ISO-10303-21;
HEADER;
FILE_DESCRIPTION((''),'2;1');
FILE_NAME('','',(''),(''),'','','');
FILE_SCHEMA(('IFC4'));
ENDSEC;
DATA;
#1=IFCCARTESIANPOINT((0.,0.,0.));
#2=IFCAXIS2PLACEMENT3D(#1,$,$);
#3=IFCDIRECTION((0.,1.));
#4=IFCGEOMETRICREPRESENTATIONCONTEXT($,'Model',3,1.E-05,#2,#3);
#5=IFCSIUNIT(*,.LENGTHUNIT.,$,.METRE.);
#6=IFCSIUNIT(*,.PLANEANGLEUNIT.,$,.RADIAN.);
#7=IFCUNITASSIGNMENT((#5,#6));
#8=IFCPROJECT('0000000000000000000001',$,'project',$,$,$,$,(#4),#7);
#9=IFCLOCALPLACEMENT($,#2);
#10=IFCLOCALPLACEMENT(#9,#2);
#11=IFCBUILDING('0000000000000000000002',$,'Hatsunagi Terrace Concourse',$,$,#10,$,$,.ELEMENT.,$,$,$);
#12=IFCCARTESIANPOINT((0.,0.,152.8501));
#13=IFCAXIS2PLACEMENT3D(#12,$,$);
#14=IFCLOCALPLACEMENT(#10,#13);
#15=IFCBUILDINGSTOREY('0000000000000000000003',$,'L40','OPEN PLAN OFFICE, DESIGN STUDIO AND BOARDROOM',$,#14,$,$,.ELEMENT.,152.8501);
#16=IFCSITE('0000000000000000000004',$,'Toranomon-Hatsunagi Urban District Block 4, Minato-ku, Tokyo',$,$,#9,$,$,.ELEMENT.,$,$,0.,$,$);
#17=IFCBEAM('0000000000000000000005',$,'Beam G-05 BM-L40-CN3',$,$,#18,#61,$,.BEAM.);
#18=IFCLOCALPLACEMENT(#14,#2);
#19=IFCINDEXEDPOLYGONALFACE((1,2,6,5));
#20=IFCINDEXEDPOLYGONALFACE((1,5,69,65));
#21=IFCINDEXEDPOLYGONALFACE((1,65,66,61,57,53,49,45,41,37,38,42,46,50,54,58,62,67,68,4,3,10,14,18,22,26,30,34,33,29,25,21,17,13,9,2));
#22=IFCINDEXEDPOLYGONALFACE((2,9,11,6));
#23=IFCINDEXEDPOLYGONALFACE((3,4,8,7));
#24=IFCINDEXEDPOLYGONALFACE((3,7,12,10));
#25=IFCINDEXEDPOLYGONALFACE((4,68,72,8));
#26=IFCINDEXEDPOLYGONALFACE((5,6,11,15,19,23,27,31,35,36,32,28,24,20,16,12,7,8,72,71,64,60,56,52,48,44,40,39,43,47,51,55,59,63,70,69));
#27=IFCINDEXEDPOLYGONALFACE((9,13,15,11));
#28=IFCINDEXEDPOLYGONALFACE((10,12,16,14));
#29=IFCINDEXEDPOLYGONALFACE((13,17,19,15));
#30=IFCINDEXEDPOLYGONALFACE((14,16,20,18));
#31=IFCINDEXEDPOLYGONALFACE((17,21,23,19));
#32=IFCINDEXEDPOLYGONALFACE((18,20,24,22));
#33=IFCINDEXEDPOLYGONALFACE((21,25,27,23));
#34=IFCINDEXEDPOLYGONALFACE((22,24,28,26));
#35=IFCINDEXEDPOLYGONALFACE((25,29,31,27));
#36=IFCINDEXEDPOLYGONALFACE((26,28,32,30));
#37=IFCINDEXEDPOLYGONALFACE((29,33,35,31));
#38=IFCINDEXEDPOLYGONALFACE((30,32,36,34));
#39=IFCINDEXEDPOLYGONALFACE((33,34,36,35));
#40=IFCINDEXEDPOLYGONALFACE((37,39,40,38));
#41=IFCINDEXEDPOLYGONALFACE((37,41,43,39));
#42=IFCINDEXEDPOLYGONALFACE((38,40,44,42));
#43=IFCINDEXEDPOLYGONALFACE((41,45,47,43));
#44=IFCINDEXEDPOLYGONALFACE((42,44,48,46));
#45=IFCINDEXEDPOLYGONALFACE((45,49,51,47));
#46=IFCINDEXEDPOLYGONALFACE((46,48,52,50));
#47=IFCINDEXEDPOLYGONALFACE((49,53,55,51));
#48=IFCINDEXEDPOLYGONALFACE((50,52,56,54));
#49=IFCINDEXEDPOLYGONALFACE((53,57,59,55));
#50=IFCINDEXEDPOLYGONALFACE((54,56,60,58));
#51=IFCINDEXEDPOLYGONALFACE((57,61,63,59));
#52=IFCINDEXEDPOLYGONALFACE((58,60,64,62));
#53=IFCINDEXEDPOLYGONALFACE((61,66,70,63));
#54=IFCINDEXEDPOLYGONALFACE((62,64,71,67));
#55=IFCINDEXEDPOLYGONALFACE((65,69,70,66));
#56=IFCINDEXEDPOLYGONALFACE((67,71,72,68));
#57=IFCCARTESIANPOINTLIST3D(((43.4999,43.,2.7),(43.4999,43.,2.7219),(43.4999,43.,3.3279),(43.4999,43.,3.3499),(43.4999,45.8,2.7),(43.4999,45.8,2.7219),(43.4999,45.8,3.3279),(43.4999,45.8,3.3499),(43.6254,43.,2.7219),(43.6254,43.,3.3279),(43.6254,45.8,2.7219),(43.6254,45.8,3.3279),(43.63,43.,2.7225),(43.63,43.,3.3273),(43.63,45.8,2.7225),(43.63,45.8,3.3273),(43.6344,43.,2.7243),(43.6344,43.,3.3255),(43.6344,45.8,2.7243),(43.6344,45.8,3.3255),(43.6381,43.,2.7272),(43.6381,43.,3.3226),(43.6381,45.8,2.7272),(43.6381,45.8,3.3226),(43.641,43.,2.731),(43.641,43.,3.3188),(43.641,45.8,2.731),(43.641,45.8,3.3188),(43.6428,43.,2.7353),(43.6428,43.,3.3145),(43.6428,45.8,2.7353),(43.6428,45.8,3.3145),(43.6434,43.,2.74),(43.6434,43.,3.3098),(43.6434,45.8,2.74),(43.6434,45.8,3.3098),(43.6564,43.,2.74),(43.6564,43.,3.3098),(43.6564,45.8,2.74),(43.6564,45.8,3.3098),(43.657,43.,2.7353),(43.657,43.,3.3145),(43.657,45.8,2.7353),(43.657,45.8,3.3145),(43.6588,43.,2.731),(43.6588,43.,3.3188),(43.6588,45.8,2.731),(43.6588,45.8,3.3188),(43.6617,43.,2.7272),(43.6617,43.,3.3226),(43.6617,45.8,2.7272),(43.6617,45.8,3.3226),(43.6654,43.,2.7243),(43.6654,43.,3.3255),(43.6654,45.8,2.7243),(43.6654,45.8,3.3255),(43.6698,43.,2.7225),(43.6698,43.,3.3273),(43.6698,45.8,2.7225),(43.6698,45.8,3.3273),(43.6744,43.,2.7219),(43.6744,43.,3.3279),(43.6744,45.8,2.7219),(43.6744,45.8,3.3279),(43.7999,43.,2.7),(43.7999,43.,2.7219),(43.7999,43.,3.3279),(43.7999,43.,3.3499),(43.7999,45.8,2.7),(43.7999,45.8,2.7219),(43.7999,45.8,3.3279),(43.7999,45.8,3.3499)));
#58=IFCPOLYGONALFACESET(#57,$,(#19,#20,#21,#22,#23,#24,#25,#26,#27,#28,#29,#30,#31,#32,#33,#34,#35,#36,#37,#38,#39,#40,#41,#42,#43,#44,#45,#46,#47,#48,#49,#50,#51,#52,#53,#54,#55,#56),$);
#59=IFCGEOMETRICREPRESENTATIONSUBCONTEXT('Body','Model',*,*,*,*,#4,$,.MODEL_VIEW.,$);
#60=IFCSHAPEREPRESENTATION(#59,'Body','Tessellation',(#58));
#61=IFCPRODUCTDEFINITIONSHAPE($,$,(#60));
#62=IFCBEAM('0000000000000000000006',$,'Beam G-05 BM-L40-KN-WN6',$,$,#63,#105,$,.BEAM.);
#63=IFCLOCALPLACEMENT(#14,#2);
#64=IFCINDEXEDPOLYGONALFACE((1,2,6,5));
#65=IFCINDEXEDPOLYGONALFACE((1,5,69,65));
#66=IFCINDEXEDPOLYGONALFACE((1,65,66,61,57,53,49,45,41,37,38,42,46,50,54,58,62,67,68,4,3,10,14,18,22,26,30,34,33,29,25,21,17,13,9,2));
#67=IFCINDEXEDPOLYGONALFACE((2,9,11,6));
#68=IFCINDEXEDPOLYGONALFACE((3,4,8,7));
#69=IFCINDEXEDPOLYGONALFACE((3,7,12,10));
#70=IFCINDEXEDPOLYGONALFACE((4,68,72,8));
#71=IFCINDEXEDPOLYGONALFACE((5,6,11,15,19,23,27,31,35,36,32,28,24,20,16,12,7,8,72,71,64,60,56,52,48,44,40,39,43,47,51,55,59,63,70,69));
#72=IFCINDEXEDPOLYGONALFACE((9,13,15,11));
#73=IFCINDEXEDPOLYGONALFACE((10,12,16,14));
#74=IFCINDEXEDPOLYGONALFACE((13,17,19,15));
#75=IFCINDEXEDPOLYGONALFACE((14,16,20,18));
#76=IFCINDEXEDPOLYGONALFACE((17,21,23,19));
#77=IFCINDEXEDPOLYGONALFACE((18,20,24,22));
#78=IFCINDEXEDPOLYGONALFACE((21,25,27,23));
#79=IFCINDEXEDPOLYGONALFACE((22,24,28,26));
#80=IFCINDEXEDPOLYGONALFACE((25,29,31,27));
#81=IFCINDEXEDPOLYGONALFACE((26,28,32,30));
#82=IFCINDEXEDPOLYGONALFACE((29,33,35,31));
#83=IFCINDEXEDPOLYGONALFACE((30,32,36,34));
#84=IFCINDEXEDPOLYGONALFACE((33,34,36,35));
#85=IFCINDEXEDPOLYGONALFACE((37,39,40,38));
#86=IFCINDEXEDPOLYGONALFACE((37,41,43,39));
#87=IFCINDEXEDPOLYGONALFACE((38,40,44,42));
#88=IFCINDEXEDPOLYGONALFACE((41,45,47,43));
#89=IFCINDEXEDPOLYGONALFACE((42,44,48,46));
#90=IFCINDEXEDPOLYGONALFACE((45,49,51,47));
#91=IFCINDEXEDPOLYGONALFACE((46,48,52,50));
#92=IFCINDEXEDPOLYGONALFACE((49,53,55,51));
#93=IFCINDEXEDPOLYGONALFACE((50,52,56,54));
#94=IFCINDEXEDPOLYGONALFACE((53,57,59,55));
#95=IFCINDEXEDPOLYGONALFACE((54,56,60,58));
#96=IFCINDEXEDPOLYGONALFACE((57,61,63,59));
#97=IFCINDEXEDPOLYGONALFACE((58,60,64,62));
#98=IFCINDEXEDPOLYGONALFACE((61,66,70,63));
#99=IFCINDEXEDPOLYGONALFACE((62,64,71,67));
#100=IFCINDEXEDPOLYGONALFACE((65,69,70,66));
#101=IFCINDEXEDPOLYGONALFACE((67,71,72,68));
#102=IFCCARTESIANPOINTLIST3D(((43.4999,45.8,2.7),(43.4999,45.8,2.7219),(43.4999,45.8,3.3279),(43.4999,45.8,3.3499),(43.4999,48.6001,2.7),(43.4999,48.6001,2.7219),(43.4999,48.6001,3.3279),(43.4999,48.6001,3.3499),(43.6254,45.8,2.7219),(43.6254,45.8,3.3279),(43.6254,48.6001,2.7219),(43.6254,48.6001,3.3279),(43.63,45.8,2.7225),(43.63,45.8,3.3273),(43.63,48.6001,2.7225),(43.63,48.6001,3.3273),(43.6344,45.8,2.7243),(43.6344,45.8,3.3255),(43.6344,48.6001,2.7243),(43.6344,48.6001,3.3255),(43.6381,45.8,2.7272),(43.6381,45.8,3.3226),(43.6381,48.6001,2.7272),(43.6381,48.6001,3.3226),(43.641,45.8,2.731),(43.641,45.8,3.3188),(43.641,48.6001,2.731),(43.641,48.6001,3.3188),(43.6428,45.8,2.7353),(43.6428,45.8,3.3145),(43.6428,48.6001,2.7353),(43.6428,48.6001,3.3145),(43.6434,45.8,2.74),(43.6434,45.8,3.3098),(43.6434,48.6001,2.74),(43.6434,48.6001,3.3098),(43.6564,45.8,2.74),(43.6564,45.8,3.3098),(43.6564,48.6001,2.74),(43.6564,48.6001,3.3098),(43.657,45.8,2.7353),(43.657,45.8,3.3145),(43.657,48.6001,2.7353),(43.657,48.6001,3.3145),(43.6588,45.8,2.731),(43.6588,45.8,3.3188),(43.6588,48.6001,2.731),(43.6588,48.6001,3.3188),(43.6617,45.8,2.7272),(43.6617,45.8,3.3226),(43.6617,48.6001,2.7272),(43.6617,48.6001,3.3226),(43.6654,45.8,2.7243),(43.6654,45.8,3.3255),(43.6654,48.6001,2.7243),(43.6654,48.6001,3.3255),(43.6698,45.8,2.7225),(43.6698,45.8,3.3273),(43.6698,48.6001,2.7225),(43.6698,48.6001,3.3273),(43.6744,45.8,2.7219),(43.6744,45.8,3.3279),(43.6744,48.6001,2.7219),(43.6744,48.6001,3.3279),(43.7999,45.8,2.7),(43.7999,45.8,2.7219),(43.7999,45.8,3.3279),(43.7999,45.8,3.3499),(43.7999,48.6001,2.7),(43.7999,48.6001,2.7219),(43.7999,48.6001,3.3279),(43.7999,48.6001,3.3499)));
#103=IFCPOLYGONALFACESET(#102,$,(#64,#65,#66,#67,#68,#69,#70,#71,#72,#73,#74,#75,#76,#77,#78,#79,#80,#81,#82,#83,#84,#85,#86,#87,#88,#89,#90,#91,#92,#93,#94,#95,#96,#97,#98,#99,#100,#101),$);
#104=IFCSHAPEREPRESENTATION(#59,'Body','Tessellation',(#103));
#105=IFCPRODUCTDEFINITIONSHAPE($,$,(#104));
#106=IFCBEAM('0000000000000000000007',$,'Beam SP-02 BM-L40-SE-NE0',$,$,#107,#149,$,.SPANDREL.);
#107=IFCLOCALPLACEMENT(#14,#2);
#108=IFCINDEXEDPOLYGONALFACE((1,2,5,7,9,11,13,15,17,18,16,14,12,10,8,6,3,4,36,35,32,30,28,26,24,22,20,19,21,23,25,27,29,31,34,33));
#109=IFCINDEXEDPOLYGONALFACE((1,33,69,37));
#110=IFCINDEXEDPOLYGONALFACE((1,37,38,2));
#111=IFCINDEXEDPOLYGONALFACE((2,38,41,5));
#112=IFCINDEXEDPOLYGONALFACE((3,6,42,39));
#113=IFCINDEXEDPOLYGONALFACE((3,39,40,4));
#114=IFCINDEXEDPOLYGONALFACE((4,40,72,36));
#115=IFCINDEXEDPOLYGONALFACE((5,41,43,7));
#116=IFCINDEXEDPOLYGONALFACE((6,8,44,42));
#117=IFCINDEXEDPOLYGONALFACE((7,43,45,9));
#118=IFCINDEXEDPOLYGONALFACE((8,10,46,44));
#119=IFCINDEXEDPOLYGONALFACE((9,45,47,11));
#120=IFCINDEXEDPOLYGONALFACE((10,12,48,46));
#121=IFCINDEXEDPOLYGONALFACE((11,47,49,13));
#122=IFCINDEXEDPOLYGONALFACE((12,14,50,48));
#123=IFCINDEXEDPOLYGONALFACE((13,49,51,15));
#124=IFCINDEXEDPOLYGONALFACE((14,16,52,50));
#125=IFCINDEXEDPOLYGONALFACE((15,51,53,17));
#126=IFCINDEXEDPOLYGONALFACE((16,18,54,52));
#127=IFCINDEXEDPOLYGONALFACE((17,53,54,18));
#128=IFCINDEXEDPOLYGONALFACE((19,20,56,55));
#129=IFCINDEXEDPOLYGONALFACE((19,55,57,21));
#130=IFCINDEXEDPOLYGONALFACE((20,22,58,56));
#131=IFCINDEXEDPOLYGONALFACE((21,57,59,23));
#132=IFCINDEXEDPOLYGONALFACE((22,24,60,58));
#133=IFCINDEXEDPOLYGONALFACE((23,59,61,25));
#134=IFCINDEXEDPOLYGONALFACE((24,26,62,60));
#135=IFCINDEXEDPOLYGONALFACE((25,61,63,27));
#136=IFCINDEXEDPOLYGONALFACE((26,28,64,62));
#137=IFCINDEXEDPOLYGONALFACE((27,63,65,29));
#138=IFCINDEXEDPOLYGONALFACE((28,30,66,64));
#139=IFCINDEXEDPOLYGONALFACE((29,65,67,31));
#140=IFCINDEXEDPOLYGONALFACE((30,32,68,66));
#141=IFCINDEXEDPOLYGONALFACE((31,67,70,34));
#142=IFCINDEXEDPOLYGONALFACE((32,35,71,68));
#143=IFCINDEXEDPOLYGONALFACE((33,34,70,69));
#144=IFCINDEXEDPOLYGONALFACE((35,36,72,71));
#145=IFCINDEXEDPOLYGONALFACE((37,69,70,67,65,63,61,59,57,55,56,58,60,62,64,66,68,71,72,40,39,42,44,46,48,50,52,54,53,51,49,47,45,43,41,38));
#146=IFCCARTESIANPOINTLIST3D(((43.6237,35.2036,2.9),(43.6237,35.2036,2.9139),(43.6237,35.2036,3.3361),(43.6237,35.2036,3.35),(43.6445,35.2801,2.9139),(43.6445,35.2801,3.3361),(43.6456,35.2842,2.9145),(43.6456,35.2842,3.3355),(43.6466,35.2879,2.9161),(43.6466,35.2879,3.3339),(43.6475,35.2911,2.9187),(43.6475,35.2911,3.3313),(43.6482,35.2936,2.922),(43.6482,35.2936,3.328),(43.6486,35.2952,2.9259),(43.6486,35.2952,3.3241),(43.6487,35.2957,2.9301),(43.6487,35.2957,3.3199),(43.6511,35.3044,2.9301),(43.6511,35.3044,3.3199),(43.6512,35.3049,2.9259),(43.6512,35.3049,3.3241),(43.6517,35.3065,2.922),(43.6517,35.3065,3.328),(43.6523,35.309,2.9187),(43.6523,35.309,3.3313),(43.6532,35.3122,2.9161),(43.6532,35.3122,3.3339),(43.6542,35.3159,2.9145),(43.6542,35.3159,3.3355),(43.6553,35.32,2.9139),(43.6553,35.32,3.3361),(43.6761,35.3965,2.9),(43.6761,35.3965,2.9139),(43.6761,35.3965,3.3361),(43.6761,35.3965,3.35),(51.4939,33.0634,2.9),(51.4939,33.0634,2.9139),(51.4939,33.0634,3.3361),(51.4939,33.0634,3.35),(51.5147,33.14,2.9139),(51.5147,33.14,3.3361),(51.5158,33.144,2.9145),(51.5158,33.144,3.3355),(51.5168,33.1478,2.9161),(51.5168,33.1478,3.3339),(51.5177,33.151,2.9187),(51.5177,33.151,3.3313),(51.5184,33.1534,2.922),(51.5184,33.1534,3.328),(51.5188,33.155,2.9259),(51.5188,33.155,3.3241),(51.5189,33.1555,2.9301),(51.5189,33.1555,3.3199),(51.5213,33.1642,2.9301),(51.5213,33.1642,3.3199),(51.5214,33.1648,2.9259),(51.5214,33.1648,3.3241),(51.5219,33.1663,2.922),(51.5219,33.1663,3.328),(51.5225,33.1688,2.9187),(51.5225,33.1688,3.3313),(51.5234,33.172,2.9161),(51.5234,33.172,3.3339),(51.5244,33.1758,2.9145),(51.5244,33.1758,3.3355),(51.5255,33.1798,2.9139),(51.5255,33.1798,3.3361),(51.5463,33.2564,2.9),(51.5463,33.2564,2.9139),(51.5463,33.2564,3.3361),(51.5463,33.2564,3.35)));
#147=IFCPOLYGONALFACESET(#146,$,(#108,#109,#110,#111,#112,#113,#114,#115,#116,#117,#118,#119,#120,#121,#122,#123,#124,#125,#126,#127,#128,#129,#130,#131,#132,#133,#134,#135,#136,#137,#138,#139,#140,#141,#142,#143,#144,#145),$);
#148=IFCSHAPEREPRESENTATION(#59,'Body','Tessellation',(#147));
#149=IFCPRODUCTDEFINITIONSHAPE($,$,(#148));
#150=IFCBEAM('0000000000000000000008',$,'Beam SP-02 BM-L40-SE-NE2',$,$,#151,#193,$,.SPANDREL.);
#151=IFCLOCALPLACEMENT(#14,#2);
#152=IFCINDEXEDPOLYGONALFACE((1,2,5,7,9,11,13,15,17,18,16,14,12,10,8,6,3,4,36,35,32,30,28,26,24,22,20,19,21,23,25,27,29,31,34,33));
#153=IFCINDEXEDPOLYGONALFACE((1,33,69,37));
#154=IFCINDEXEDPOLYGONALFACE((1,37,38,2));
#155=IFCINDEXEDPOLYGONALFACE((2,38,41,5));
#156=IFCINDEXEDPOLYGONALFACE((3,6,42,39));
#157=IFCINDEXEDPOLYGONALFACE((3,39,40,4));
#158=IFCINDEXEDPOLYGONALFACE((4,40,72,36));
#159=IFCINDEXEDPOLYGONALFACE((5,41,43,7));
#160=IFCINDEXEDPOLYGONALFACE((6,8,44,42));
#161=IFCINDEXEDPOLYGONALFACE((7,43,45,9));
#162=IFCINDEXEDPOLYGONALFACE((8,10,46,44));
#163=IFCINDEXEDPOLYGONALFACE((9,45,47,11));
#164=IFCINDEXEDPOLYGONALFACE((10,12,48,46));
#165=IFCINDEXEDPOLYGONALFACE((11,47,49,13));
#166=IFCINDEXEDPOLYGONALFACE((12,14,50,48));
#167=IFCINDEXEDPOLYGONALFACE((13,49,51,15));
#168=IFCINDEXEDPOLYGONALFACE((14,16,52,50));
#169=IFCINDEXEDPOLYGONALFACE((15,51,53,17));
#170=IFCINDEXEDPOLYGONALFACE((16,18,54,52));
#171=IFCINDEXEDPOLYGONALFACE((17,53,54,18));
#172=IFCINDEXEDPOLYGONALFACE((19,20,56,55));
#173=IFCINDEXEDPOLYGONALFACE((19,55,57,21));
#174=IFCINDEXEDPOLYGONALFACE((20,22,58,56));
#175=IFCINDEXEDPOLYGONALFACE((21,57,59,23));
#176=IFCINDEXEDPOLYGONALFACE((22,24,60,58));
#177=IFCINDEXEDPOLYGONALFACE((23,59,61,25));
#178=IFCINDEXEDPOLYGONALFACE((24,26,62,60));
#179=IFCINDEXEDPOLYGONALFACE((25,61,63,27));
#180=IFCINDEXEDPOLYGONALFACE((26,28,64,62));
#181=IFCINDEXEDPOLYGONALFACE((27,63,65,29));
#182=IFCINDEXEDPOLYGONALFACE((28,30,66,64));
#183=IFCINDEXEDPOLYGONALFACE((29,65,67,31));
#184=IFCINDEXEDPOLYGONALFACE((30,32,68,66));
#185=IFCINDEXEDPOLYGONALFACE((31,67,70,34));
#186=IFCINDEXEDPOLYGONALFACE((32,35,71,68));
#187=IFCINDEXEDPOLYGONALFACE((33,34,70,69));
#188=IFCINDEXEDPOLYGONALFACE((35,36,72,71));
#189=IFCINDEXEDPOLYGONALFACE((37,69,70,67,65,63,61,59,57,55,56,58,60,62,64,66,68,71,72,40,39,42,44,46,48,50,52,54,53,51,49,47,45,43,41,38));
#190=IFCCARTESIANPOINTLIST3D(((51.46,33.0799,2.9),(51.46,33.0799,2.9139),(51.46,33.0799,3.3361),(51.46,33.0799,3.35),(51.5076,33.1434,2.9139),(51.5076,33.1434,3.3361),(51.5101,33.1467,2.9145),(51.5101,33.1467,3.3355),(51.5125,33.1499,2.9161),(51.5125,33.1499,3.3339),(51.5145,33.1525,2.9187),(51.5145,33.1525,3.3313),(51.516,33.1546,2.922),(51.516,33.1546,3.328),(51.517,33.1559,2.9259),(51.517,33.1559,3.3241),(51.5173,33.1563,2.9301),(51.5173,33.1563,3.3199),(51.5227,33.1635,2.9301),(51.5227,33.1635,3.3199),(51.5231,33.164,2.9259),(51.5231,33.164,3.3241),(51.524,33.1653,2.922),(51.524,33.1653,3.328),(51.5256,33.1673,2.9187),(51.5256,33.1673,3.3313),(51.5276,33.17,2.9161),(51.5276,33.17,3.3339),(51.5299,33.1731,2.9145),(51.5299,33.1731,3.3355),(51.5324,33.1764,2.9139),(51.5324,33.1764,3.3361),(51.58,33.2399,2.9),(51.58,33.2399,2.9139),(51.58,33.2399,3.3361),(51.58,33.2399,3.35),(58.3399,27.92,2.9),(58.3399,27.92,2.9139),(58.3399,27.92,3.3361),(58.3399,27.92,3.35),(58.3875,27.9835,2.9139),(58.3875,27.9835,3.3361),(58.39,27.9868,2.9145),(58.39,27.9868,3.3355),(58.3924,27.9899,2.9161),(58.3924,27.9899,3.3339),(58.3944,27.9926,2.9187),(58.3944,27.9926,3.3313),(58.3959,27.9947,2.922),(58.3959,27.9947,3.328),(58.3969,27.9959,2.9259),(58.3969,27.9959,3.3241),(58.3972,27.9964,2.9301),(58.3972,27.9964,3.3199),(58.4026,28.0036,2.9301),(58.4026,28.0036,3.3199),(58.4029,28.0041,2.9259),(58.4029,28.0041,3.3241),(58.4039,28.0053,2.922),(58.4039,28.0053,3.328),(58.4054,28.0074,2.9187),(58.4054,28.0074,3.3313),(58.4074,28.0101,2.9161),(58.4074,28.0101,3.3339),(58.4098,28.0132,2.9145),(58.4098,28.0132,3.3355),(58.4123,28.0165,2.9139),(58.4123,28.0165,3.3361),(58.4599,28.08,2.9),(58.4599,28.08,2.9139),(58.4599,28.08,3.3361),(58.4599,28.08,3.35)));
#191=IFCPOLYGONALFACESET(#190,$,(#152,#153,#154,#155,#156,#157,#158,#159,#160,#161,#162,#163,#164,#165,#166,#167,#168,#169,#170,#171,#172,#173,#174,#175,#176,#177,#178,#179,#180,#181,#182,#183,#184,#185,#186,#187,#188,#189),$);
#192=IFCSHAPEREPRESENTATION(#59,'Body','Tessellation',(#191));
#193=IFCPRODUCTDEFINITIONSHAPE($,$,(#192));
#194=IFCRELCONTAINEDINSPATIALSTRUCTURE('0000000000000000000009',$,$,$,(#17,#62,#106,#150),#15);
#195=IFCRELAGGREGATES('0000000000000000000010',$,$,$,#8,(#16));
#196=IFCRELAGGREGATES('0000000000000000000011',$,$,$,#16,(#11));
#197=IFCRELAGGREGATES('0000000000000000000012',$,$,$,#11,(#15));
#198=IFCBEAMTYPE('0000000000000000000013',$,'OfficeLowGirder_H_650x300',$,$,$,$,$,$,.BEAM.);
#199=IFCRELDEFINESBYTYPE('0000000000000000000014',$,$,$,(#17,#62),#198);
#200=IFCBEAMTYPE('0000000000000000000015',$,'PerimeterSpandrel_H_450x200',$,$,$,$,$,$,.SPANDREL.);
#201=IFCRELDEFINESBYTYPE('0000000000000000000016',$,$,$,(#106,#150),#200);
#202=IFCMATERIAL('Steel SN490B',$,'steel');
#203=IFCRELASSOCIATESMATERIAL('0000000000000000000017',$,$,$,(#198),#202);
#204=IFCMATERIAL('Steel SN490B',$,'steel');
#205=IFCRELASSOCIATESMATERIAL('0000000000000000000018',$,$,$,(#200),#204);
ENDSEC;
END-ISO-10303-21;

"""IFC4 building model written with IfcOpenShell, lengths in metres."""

from ifc_helpers import new_model, si_unit, direction, frame, origin, origin_2d, place, context, subcontext, project, spatial, i_section, extrude, material, material_profile, profile_set, type_object, element, save


model = new_model("IFC4")

# Units and contexts
model_context = context("Model", 3, precision=1e-05, world=origin(), true_north=direction((0.0, 1.0)))
body_context = subcontext(model_context, "Body", "Model", "MODEL_VIEW")
ifc_project = project(units=[si_unit("LENGTHUNIT", "METRE"), si_unit("PLANEANGLEUNIT", "RADIAN")], contexts=[model_context])

# Site, building, storey
site_placement = place(None, origin())
site = spatial("IfcSite", under=ifc_project, at=site_placement, Name="Toranomon-Hatsunagi Urban District Block 4, Minato-ku, Tokyo", CompositionType="ELEMENT", RefElevation=0.0)
building_placement = place(site_placement, origin())
building = spatial("IfcBuilding", under=site, at=building_placement, Name="Hatsunagi Terrace Concourse", CompositionType="ELEMENT")
storey_placement = place(building_placement, frame((0.0, 0.0, 152.8501)))
storey = spatial("IfcBuildingStorey", under=building, at=storey_placement, Name="L40", Description="OPEN PLAN OFFICE, DESIGN STUDIO AND BOARDROOM", CompositionType="ELEMENT", Elevation=152.8501)

# Beams
ifc_material_1 = material(Name="Steel SN490B", Category="steel")
ifc_material_profile_1 = material_profile(ifc_material_1, i_section(OverallWidth=0.3, OverallDepth=0.6499, WebThickness=0.0129, FlangeThickness=0.022, FilletRadius=0.0181, at=origin_2d()), Name="H-650x300x13x22")
ifc_profile_set_1 = profile_set([ifc_material_profile_1], Name="Steel SN490B")
beam_type_1 = type_object("IfcBeamType", Name="OfficeLowGirder_H_650x300", PredefinedType="BEAM", material=ifc_profile_set_1)
for number, where, z_axis, x_axis, name in (
    (1, (43.6499, 43.0, 3.0249), (0.0, 1.0, 0.0), (-1.0, 0.0, 0.0), "Beam G-05 BM-L40-CN3"),
    (2, (43.6499, 45.8, 3.0249), (0.0, 1.0, 0.0), (-1.0, 0.0, 0.0), "Beam G-05 BM-L40-KN-WN6"),
):
    element("IfcBeam", number, at=place(storey_placement, frame(where, z_axis=z_axis, x_axis=x_axis)), inside=storey, type_object=beam_type_1, Name=name, PredefinedType="BEAM", context=body_context, shape_type="SweptSolid", body=[
        extrude(i_section(OverallWidth=0.3, OverallDepth=0.6499, WebThickness=0.0129, FlangeThickness=0.022, FilletRadius=0.0181, at=origin_2d()), origin(), (0.0, 0.0, 1.0), 2.8),
    ])
ifc_material_2 = material(Name="Steel SN490B", Category="steel")
ifc_material_profile_2 = material_profile(ifc_material_2, i_section(OverallWidth=0.2, OverallDepth=0.45, WebThickness=0.009, FlangeThickness=0.0139, FilletRadius=0.0161, at=origin_2d()), Name="H-450x200x9x14")
ifc_profile_set_2 = profile_set([ifc_material_profile_2], Name="Steel SN490B")
beam_type_2 = type_object("IfcBeamType", Name="PerimeterSpandrel_H_450x200", PredefinedType="SPANDREL", material=ifc_profile_set_2)
beam_1_placement = place(storey_placement, frame((43.6499, 35.3, 3.125), z_axis=(0.964958, -0.262403, 0.0), x_axis=(0.262403, 0.964958, 0.0)))
element("IfcBeam", 3, at=beam_1_placement, inside=storey, type_object=beam_type_2, Name="Beam SP-02 BM-L40-SE-NE0", PredefinedType="SPANDREL", context=body_context, shape_type="SweptSolid", body=[
    extrude(i_section(OverallWidth=0.2, OverallDepth=0.45, WebThickness=0.009, FlangeThickness=0.0139, FilletRadius=0.0161, at=origin_2d()), origin(), (0.0, 0.0, 1.0), 8.156),
])
beam_2_placement = place(storey_placement, frame((51.52, 33.1599, 3.125), z_axis=(0.8, -0.6, 0.0), x_axis=(0.6, 0.8, 0.0)))
element("IfcBeam", 4, at=beam_2_placement, inside=storey, type_object=beam_type_2, Name="Beam SP-02 BM-L40-SE-NE2", PredefinedType="SPANDREL", context=body_context, shape_type="SweptSolid", body=[
    extrude(i_section(OverallWidth=0.2, OverallDepth=0.45, WebThickness=0.009, FlangeThickness=0.0139, FilletRadius=0.0161, at=origin_2d()), origin(), (0.0, 0.0, 1.0), 8.5999),
])

save(model, "model.ifc")
